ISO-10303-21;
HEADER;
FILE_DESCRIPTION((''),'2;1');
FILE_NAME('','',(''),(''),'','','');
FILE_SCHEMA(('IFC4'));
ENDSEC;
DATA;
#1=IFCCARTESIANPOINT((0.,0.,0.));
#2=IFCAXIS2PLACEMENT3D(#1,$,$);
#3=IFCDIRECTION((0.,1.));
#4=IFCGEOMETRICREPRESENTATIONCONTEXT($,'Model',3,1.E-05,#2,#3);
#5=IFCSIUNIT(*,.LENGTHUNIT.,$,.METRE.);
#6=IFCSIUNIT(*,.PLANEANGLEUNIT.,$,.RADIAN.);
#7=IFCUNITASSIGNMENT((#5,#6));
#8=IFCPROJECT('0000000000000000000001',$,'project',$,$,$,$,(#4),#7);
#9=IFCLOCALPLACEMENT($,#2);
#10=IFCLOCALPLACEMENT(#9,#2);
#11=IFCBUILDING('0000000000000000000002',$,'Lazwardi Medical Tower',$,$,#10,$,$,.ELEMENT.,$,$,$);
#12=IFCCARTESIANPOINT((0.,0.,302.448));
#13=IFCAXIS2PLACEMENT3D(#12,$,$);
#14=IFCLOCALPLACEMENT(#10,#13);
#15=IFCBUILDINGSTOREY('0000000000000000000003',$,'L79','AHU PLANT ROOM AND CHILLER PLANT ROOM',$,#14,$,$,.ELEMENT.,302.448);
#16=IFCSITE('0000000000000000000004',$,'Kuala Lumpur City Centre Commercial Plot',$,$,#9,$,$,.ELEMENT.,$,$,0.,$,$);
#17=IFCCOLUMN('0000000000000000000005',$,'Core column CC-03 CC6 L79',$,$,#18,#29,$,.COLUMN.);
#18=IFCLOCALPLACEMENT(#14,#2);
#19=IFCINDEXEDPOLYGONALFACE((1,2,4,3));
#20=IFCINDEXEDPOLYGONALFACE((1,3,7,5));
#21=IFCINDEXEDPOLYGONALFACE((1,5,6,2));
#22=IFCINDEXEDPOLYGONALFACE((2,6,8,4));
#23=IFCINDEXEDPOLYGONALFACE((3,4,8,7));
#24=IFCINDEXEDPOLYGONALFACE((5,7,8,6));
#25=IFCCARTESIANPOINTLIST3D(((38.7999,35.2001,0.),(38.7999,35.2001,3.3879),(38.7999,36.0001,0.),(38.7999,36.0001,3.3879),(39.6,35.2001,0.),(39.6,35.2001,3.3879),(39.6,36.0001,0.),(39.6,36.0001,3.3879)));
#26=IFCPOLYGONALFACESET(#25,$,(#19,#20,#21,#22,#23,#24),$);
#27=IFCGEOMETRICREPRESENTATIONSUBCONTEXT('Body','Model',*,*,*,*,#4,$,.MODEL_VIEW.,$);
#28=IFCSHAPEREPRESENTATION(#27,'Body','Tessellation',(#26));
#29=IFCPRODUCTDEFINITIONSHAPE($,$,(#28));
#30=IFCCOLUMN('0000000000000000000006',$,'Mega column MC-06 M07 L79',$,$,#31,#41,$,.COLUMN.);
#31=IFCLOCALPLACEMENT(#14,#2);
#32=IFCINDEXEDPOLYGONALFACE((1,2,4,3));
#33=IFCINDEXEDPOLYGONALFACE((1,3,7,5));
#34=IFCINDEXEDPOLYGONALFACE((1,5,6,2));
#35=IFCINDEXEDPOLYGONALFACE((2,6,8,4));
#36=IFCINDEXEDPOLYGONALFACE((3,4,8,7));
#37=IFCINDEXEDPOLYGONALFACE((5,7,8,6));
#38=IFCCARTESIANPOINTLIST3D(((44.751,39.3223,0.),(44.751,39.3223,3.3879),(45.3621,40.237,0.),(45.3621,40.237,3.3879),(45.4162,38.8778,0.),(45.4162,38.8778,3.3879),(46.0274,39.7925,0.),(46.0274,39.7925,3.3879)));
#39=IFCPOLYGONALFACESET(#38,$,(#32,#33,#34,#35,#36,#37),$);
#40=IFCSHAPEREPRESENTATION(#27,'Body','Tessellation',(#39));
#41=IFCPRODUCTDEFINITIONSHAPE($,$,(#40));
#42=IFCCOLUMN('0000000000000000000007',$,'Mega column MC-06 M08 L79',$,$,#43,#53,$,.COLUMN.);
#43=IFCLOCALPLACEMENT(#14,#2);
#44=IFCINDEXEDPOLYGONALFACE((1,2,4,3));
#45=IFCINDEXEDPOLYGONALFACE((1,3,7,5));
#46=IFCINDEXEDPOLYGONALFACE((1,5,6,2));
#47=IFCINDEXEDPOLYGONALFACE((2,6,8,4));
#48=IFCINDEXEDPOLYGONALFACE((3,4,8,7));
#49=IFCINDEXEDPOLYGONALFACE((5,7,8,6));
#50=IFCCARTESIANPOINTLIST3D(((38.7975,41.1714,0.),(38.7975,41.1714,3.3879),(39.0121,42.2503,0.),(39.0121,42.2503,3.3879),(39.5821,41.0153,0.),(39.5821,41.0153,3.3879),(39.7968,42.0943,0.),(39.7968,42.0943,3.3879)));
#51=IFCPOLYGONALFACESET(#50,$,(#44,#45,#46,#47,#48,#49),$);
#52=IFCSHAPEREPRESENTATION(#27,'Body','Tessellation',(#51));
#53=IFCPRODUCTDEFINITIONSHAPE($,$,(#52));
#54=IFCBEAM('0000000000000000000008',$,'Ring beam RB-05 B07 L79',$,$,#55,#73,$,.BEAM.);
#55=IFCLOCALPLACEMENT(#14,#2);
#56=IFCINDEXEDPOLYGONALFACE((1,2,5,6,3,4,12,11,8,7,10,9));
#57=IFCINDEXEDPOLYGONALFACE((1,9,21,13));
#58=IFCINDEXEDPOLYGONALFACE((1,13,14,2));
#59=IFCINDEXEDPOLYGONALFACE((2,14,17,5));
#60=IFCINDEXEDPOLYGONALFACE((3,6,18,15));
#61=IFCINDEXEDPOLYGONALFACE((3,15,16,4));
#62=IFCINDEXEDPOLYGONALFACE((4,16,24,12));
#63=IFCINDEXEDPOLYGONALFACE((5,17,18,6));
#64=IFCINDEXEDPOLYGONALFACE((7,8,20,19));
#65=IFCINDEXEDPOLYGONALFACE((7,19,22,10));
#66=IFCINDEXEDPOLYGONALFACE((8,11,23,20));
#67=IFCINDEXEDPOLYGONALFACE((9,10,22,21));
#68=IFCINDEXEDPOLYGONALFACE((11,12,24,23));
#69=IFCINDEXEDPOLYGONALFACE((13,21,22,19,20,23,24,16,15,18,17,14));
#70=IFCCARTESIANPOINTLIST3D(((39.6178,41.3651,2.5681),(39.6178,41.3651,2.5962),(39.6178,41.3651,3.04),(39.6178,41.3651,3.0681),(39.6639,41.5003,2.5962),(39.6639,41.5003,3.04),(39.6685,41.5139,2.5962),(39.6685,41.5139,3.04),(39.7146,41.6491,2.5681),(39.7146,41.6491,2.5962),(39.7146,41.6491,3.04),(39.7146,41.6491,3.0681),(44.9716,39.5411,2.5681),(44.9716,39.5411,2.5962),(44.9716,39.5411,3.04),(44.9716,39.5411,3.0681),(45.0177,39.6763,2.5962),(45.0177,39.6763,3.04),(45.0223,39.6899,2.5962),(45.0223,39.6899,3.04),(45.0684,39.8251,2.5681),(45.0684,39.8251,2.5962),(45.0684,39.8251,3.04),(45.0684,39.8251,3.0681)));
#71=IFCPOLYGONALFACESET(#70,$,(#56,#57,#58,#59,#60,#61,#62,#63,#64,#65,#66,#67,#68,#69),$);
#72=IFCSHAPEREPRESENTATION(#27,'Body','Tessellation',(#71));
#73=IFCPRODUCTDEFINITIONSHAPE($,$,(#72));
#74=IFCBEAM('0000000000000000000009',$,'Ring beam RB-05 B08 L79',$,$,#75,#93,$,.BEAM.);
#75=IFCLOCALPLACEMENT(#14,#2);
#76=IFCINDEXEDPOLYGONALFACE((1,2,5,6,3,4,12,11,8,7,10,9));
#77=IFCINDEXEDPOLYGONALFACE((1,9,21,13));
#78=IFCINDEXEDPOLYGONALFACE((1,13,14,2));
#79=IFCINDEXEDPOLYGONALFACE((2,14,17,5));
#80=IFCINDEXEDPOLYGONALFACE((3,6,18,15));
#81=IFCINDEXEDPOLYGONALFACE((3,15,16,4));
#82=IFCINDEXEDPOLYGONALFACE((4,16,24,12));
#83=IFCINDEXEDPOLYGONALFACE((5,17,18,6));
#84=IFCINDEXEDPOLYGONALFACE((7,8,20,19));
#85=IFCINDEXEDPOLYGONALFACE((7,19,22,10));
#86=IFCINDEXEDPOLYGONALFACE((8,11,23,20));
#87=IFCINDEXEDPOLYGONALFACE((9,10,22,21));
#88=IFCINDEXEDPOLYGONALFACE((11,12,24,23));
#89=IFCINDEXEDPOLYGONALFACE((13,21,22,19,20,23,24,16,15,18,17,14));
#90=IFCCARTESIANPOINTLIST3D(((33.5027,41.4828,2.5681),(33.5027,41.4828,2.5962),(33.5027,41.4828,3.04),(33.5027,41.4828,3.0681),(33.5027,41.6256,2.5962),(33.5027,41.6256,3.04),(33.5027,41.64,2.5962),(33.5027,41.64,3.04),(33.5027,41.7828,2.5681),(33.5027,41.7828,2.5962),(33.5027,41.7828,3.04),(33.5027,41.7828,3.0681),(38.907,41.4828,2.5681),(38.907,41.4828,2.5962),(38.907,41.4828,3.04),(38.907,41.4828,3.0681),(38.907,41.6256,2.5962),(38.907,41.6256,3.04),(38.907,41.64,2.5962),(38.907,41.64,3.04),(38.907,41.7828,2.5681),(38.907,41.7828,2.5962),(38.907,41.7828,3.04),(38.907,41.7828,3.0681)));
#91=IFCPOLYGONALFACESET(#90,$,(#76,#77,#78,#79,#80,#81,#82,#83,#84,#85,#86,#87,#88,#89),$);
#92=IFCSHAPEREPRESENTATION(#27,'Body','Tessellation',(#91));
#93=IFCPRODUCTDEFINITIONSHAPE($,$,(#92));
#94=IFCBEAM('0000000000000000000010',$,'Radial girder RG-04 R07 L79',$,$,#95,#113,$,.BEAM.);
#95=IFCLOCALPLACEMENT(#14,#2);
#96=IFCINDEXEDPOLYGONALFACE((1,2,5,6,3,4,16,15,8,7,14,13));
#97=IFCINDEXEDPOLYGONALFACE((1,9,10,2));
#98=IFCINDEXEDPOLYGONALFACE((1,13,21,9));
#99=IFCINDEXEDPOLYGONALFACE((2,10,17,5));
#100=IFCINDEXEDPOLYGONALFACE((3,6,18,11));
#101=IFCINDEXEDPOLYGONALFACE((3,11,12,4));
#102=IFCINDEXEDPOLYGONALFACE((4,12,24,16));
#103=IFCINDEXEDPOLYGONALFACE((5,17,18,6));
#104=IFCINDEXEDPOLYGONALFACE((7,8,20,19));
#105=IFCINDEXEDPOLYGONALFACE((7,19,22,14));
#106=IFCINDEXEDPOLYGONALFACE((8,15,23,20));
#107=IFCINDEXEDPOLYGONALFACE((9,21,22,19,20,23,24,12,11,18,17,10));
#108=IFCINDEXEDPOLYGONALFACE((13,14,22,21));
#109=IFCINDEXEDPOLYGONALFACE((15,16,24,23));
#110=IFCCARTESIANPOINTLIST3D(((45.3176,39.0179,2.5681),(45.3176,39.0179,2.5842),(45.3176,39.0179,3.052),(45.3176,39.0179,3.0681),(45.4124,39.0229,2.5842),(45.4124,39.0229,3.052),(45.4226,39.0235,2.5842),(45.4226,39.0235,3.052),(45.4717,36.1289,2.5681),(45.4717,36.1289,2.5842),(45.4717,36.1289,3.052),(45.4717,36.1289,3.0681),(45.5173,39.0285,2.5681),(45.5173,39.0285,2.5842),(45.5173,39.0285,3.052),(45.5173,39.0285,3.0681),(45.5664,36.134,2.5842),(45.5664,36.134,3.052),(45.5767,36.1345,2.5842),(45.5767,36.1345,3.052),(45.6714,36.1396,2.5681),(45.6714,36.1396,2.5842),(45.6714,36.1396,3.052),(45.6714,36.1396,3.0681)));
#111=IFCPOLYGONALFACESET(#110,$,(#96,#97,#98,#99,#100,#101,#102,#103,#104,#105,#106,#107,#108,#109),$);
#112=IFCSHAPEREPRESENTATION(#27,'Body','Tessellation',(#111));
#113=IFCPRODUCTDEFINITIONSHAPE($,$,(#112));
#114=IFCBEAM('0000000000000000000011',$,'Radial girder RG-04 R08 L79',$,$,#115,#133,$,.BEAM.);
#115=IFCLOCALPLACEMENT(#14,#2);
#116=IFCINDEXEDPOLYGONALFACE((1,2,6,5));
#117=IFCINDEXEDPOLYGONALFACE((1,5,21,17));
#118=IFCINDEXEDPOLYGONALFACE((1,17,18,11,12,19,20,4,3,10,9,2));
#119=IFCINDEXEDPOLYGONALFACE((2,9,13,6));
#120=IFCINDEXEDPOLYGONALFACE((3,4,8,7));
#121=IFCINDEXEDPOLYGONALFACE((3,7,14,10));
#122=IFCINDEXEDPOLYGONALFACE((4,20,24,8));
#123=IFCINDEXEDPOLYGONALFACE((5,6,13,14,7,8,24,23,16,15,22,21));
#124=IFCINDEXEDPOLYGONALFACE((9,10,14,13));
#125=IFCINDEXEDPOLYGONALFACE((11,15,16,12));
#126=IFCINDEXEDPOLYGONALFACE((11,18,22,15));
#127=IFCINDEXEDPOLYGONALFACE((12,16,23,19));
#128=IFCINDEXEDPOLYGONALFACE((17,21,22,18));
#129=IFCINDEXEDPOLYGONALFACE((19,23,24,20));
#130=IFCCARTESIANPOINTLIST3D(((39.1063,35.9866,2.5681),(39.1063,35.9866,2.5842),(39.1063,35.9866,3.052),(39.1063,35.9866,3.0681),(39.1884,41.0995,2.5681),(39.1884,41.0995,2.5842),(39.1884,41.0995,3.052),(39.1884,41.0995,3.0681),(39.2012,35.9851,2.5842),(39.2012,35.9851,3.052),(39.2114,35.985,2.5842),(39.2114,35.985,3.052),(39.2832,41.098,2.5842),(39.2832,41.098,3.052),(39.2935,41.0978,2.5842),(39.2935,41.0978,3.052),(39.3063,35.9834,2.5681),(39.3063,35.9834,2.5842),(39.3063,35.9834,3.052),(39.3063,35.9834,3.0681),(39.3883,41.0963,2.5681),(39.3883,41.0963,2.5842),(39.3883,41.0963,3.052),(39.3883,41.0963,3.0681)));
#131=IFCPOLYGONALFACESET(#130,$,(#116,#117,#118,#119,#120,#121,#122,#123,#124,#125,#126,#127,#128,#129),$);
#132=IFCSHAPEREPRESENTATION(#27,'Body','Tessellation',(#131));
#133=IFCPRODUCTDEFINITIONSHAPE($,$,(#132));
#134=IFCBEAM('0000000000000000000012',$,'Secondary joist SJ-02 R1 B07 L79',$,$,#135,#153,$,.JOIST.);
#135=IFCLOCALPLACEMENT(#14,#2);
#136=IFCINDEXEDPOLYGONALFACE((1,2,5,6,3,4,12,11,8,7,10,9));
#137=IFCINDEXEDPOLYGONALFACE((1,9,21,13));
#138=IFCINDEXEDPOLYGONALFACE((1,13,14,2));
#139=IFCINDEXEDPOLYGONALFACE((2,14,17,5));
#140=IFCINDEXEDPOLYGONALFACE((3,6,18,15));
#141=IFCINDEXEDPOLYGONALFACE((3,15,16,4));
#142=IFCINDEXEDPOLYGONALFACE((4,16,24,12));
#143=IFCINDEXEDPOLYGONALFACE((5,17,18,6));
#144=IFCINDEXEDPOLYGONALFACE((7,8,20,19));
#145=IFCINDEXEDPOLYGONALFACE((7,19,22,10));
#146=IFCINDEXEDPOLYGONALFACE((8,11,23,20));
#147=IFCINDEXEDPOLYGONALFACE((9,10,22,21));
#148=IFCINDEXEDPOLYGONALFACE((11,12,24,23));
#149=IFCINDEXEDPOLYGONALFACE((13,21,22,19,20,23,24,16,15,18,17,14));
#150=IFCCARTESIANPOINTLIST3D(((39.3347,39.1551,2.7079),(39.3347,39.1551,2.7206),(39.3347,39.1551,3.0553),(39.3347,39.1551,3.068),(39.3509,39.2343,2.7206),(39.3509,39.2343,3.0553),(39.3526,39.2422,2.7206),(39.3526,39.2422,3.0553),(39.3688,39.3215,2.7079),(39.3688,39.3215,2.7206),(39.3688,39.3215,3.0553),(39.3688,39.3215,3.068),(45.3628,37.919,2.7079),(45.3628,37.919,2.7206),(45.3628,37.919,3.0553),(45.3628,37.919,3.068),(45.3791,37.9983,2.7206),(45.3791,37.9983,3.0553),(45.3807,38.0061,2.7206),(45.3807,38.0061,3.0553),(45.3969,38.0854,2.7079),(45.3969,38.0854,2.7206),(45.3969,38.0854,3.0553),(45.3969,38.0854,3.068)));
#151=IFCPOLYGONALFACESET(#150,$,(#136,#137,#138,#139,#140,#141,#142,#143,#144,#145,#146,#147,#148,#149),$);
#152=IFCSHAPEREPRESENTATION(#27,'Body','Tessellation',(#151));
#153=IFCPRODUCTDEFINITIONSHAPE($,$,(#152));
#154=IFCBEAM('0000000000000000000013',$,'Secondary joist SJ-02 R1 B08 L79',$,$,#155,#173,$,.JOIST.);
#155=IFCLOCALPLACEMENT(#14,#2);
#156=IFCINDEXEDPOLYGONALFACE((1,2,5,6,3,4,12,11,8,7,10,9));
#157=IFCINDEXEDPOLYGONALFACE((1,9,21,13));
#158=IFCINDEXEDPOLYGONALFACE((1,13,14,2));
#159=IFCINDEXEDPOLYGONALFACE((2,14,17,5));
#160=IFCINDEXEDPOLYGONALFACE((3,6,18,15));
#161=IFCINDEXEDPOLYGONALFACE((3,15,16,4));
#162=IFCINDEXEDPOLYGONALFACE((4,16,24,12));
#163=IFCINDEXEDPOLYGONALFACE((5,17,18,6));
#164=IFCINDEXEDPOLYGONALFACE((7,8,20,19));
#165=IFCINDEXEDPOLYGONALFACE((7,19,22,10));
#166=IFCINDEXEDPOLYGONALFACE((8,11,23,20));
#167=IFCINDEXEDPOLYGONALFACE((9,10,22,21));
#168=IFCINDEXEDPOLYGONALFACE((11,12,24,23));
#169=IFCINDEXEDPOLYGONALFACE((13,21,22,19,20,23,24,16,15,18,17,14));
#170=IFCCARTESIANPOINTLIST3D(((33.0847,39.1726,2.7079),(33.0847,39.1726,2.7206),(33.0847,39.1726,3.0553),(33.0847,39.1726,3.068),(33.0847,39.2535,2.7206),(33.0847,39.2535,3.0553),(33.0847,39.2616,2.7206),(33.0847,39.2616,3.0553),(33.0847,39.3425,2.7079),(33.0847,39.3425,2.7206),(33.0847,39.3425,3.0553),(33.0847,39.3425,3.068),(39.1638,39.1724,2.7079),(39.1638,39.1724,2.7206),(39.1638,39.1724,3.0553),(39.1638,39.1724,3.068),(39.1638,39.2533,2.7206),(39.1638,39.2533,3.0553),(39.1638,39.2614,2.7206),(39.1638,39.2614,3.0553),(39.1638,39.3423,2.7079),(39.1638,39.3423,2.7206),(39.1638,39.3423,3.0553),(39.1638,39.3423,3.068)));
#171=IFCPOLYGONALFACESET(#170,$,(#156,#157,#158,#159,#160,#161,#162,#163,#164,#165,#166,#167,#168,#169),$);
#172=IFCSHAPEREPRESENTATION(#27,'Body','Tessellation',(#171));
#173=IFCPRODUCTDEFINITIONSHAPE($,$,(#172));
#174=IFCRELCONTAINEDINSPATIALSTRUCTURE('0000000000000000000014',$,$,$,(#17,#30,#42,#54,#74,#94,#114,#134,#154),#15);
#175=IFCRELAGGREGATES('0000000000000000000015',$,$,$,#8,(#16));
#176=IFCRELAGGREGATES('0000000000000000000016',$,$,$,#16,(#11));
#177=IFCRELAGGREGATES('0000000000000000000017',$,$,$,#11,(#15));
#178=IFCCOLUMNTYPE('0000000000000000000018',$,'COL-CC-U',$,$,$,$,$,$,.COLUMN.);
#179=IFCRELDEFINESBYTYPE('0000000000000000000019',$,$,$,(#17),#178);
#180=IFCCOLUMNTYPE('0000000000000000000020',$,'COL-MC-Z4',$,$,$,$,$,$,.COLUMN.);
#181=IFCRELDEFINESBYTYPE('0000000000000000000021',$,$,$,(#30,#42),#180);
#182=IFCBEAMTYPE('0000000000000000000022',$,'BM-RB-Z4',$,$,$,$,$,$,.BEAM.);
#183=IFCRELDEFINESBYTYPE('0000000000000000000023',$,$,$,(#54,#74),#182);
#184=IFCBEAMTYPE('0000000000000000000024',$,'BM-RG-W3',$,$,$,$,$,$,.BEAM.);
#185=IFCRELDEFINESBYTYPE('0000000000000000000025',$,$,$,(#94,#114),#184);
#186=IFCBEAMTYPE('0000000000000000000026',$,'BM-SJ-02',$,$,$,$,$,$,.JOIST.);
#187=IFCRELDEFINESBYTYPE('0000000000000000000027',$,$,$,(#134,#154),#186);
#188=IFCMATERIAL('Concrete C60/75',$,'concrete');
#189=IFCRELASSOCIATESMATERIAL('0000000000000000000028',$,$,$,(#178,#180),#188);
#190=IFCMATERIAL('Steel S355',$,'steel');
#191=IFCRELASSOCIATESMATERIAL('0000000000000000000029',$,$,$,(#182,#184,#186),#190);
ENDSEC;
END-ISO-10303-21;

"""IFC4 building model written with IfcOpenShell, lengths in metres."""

from ifc_helpers import new_model, si_unit, direction, frame, origin, origin_2d, place, context, subcontext, project, spatial, rectangle, i_section, extrude, material, material_profile, profile_set, type_object, element, save


model = new_model("IFC4")

# Units and contexts
model_context = context("Model", 3, precision=1e-05, world=origin(), true_north=direction((0.0, 1.0)))
body_context = subcontext(model_context, "Body", "Model", "MODEL_VIEW")
ifc_project = project(units=[si_unit("LENGTHUNIT", "METRE"), si_unit("PLANEANGLEUNIT", "RADIAN")], contexts=[model_context])

# Site, building, storey
site_placement = place(None, origin())
site = spatial("IfcSite", under=ifc_project, at=site_placement, Name="Kuala Lumpur City Centre Commercial Plot", CompositionType="ELEMENT", RefElevation=0.0)
building_placement = place(site_placement, origin())
building = spatial("IfcBuilding", under=site, at=building_placement, Name="Lazwardi Medical Tower", CompositionType="ELEMENT")
storey_placement = place(building_placement, frame((0.0, 0.0, 302.448)))
storey = spatial("IfcBuildingStorey", under=building, at=storey_placement, Name="L79", Description="AHU PLANT ROOM AND CHILLER PLANT ROOM", CompositionType="ELEMENT", Elevation=302.448)

# Columns
ifc_material_1 = material(Name="Concrete C60/75", Category="concrete")
ifc_material_profile_1 = material_profile(ifc_material_1, rectangle(XDim=0.8, YDim=0.8, at=origin_2d()), Name="RC 800x800")
ifc_profile_set_1 = profile_set([ifc_material_profile_1], Name="Concrete C60/75")
column_type_1 = type_object("IfcColumnType", Name="COL-CC-U", PredefinedType="COLUMN", material=ifc_profile_set_1)
column_placement = place(storey_placement, frame((39.2, 35.6001, 0.0), z_axis=(0.0, 0.0, 1.0), x_axis=(1.0, 0.0, 0.0)))
element("IfcColumn", 1, at=column_placement, inside=storey, type_object=column_type_1, Name="Core column CC-03 CC6 L79", PredefinedType="COLUMN", context=body_context, shape_type="SweptSolid", body=[
    extrude(rectangle(XDim=0.8, YDim=0.8, at=origin_2d()), origin(), (0.0, 0.0, 1.0), 3.3879),
])
ifc_material_profile_2 = material_profile(ifc_material_1, rectangle(XDim=1.1001, YDim=0.8, at=origin_2d()), Name="CFT-RECT 1100x800")
ifc_profile_set_2 = profile_set([ifc_material_profile_2], Name="Concrete C60/75")
column_type_2 = type_object("IfcColumnType", Name="COL-MC-Z4", PredefinedType="COLUMN", material=ifc_profile_set_2)
for number, where, z_axis, x_axis, name in (
    (2, (45.3892, 39.5574, 0.0), (0.0, 0.0, 1.0), (0.55557, 0.83147, 0.0), "Mega column MC-06 M07 L79"),
    (3, (39.2971, 41.6328, 0.0), (0.0, 0.0, 1.0), (0.19509, 0.980785, 0.0), "Mega column MC-06 M08 L79"),
):
    element("IfcColumn", number, at=place(storey_placement, frame(where, z_axis=z_axis, x_axis=x_axis)), inside=storey, type_object=column_type_2, Name=name, PredefinedType="COLUMN", context=body_context, shape_type="SweptSolid", body=[
        extrude(rectangle(XDim=1.1001, YDim=0.8, at=origin_2d()), origin(), (0.0, 0.0, 1.0), 3.3879),
    ])

# Beams
ifc_material_2 = material(Name="Steel S355", Category="steel")
ifc_material_profile_3 = material_profile(ifc_material_2, i_section(OverallWidth=0.3, OverallDepth=0.5, WebThickness=0.0144, FlangeThickness=0.0281, at=origin_2d()), Name="HEB 500")
ifc_profile_set_3 = profile_set([ifc_material_profile_3], Name="Steel S355")
beam_type_1 = type_object("IfcBeamType", Name="BM-RB-Z4", PredefinedType="BEAM", material=ifc_profile_set_3)
beam_1_placement = place(storey_placement, frame((45.02, 39.6831, 2.8181), z_axis=(-0.946573, 0.322488, 0.0), x_axis=(-0.322488, -0.946573, 0.0)))
element("IfcBeam", 4, at=beam_1_placement, inside=storey, type_object=beam_type_1, Name="Ring beam RB-05 B07 L79", PredefinedType="BEAM", context=body_context, shape_type="SweptSolid", body=[
    extrude(i_section(OverallWidth=0.3, OverallDepth=0.5, WebThickness=0.0144, FlangeThickness=0.0281, at=origin_2d()), origin(), (0.0, 0.0, 1.0), 5.656),
])
beam_2_placement = place(storey_placement, frame((38.907, 41.6328, 2.8181), z_axis=(-1.0, 0.0, 0.0), x_axis=(0.0, -1.0, 0.0)))
element("IfcBeam", 5, at=beam_2_placement, inside=storey, type_object=beam_type_1, Name="Ring beam RB-05 B08 L79", PredefinedType="BEAM", context=body_context, shape_type="SweptSolid", body=[
    extrude(i_section(OverallWidth=0.3, OverallDepth=0.5, WebThickness=0.0144, FlangeThickness=0.0281, at=origin_2d()), origin(), (0.0, 0.0, 1.0), 5.4043),
])
ifc_material_profile_4 = material_profile(ifc_material_2, i_section(OverallWidth=0.2, OverallDepth=0.5, WebThickness=0.0103, FlangeThickness=0.0161, at=origin_2d()), Name="IPE 500")
ifc_profile_set_4 = profile_set([ifc_material_profile_4], Name="Steel S355")
beam_type_2 = type_object("IfcBeamType", Name="BM-RG-W3", PredefinedType="BEAM", material=ifc_profile_set_4)
beam_3_placement = place(storey_placement, frame((45.4175, 39.0232, 2.8181), z_axis=(0.05325, -0.998581, 0.0), x_axis=(0.998581, 0.05325, 0.0)))
element("IfcBeam", 6, at=beam_3_placement, inside=storey, type_object=beam_type_2, Name="Radial girder RG-04 R07 L79", PredefinedType="BEAM", context=body_context, shape_type="SweptSolid", body=[
    extrude(i_section(OverallWidth=0.2, OverallDepth=0.5, WebThickness=0.0103, FlangeThickness=0.0161, at=origin_2d()), origin(), (0.0, 0.0, 1.0), 2.8931),
])
beam_4_placement = place(storey_placement, frame((39.2883, 41.0979, 2.8181), z_axis=(-0.016042, -0.999871, 0.0), x_axis=(0.999871, -0.016042, 0.0)))
element("IfcBeam", 7, at=beam_4_placement, inside=storey, type_object=beam_type_2, Name="Radial girder RG-04 R08 L79", PredefinedType="BEAM", context=body_context, shape_type="SweptSolid", body=[
    extrude(i_section(OverallWidth=0.2, OverallDepth=0.5, WebThickness=0.0103, FlangeThickness=0.0161, at=origin_2d()), origin(), (0.0, 0.0, 1.0), 5.1135),
])
ifc_material_profile_5 = material_profile(ifc_material_2, i_section(OverallWidth=0.1699, OverallDepth=0.3601, WebThickness=0.0081, FlangeThickness=0.0127, at=origin_2d()), Name="IPE 360")
ifc_profile_set_5 = profile_set([ifc_material_profile_5], Name="Steel S355")
beam_type_3 = type_object("IfcBeamType", Name="BM-SJ-02", PredefinedType="JOIST", material=ifc_profile_set_5)
beam_5_placement = place(storey_placement, frame((45.3799, 38.0022, 2.8879), z_axis=(-0.979617, 0.200875, 0.0), x_axis=(-0.200875, -0.979617, 0.0)))
element("IfcBeam", 8, at=beam_5_placement, inside=storey, type_object=beam_type_3, Name="Secondary joist SJ-02 R1 B07 L79", PredefinedType="JOIST", context=body_context, shape_type="SweptSolid", body=[
    extrude(i_section(OverallWidth=0.1699, OverallDepth=0.3601, WebThickness=0.0081, FlangeThickness=0.0127, at=origin_2d()), origin(), (0.0, 0.0, 1.0), 6.1536),
])
beam_6_placement = place(storey_placement, frame((39.1638, 39.2573, 2.8879), z_axis=(-1.0, 0.00004, 0.0), x_axis=(-0.00004, -1.0, 0.0)))
element("IfcBeam", 9, at=beam_6_placement, inside=storey, type_object=beam_type_3, Name="Secondary joist SJ-02 R1 B08 L79", PredefinedType="JOIST", context=body_context, shape_type="SweptSolid", body=[
    extrude(i_section(OverallWidth=0.1699, OverallDepth=0.3601, WebThickness=0.0081, FlangeThickness=0.0127, at=origin_2d()), origin(), (0.0, 0.0, 1.0), 6.0791),
])

save(model, "model.ifc")
